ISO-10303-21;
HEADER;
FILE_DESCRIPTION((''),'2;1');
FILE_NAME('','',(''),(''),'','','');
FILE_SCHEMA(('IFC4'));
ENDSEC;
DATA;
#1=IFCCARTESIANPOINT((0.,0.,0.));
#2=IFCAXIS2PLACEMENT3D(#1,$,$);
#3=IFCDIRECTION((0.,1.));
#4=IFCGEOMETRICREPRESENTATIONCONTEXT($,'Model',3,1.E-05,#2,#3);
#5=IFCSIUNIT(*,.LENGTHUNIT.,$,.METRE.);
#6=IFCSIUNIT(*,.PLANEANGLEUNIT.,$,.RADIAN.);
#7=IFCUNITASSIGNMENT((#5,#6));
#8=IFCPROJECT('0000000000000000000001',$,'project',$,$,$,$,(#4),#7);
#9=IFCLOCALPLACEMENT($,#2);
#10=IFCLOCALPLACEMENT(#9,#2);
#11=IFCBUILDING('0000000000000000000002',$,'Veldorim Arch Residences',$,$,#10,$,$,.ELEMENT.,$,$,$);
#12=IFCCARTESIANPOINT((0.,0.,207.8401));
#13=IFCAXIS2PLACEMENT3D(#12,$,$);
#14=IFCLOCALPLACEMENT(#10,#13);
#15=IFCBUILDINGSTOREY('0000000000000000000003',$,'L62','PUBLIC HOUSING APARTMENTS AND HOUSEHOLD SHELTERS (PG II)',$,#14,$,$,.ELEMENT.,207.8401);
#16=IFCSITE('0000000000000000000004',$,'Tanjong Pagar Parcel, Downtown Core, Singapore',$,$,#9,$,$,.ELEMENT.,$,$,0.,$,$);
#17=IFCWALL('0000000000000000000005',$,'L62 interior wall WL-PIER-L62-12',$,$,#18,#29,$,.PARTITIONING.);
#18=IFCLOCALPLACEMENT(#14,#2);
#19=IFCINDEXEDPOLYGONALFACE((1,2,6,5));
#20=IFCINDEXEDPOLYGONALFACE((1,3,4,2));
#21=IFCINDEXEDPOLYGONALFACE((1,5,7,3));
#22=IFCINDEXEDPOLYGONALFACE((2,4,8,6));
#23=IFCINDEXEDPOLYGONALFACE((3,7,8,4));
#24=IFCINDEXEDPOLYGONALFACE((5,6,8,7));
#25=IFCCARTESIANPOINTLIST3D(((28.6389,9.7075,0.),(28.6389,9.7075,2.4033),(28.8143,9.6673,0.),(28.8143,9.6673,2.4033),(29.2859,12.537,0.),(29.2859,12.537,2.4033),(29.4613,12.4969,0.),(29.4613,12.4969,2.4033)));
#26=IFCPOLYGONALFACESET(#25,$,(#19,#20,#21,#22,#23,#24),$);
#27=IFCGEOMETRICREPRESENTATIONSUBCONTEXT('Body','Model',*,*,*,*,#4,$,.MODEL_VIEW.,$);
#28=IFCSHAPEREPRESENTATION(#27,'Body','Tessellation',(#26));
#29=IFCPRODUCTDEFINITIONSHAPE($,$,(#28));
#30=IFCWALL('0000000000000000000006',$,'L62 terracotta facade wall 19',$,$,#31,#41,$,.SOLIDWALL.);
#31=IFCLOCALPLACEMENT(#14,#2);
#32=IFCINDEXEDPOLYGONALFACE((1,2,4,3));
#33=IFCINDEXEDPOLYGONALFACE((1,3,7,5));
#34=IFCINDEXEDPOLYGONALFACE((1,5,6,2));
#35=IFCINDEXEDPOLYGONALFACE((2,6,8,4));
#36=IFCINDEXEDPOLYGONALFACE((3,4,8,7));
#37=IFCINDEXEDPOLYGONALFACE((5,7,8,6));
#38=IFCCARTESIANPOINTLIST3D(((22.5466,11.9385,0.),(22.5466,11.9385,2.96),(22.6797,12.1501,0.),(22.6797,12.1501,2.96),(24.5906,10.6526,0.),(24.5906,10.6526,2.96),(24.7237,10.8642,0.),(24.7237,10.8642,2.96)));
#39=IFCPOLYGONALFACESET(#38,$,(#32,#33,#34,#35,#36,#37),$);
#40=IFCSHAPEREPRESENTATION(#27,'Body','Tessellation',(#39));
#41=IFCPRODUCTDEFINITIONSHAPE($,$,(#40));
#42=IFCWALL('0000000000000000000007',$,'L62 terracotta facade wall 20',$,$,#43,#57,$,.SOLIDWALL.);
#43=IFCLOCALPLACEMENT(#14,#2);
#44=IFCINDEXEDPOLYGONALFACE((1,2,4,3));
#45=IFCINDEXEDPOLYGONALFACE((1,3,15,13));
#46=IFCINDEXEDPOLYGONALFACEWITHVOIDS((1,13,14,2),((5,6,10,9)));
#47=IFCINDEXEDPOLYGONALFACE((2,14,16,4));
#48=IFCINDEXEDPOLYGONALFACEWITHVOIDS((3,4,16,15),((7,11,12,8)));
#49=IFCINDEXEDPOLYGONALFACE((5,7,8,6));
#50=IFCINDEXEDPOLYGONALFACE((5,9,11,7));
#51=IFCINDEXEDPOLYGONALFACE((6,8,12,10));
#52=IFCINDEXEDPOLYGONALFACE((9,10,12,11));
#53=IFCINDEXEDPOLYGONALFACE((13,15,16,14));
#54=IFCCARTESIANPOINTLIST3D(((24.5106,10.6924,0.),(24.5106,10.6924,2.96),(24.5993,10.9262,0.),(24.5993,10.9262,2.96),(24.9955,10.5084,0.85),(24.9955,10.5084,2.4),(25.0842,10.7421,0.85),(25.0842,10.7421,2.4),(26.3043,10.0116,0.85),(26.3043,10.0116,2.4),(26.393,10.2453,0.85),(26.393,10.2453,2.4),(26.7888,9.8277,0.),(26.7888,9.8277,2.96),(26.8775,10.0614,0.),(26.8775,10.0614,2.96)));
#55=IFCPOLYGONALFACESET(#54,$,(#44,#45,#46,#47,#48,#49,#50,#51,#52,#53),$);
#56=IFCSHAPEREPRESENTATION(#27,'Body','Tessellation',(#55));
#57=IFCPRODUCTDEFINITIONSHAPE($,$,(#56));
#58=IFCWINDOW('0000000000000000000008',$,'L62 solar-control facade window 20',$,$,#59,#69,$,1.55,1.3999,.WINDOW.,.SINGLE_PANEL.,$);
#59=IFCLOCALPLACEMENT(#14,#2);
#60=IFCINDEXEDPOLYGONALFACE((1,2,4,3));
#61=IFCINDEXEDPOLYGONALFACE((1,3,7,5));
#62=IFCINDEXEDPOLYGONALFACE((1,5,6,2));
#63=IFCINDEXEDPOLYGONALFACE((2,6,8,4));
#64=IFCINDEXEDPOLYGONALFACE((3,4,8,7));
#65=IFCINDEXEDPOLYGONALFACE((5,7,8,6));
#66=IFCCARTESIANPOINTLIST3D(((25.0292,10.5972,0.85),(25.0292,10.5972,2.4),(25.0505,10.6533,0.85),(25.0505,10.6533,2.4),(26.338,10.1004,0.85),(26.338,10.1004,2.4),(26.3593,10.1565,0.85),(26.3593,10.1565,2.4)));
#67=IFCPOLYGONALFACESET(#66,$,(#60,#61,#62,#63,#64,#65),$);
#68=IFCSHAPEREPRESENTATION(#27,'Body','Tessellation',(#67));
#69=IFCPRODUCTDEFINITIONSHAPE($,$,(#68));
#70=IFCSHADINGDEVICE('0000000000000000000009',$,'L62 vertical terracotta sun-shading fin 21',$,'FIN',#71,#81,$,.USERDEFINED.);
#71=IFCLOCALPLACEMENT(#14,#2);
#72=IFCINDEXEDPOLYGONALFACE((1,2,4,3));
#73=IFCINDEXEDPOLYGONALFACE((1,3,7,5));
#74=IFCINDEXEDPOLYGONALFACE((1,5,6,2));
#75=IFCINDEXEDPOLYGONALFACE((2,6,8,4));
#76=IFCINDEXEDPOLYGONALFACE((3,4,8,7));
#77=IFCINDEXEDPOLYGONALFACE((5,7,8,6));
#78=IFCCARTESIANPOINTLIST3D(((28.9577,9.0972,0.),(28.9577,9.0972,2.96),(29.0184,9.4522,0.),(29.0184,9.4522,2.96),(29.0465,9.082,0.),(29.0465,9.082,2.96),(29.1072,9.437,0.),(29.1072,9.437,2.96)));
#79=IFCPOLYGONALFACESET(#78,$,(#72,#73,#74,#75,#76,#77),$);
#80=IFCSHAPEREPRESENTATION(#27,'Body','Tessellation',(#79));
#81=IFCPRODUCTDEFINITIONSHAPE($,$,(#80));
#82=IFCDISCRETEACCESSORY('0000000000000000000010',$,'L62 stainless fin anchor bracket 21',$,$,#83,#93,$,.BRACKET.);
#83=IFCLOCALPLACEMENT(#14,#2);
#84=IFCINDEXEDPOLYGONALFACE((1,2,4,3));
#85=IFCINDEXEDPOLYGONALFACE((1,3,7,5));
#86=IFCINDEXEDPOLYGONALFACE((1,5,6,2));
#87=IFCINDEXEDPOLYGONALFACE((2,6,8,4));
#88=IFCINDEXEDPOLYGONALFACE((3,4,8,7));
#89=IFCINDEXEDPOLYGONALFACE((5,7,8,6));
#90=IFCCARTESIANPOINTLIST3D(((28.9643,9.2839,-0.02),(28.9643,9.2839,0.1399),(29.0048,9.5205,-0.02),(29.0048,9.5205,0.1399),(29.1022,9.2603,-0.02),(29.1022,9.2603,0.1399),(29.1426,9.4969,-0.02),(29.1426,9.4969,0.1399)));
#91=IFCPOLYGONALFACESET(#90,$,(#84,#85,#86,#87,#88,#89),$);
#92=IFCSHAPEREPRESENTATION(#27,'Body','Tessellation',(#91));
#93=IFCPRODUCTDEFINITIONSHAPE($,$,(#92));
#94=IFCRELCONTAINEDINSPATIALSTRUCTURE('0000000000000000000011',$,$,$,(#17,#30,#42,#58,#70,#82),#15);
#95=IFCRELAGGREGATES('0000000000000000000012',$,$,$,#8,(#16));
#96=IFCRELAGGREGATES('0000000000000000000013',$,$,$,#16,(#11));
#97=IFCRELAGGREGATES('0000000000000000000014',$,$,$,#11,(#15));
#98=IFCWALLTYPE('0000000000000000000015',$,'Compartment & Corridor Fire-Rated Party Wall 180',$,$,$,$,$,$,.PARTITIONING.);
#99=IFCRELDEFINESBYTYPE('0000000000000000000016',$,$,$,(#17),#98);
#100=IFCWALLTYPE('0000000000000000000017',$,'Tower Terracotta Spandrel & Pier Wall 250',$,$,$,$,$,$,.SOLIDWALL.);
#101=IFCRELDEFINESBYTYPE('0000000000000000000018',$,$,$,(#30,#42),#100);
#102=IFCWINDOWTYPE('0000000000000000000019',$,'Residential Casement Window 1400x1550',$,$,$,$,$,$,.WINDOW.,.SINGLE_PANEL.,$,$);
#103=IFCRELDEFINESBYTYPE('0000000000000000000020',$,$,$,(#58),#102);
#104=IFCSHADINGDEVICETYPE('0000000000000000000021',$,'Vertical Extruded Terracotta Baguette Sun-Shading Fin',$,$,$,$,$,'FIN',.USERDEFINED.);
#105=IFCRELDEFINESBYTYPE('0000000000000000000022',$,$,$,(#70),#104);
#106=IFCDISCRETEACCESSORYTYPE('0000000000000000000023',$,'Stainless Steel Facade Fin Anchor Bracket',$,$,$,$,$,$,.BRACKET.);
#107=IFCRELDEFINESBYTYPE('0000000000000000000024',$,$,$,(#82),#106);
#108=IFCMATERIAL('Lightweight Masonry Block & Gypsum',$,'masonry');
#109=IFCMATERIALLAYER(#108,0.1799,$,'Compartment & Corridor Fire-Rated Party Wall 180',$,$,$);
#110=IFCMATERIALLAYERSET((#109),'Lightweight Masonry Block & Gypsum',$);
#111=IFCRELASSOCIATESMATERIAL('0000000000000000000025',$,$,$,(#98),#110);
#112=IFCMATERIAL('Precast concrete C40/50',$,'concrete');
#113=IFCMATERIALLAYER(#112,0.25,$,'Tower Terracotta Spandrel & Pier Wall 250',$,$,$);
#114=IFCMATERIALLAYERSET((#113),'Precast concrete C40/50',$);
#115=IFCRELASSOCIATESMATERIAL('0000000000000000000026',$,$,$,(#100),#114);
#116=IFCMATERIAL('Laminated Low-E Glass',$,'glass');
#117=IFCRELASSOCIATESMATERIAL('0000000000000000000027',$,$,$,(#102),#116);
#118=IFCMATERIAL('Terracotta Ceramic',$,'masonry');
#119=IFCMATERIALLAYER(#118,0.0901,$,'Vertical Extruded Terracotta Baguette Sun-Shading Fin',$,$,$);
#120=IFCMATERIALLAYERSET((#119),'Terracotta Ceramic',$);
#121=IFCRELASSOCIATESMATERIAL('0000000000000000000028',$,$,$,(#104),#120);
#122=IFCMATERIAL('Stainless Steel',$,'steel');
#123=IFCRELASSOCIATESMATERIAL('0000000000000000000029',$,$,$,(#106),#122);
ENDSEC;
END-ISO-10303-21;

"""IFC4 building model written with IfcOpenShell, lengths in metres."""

from ifc_helpers import new_model, si_unit, direction, frame, frame_2d, origin, origin_2d, place, context, subcontext, project, spatial, rectangle, extrude, material, layer, layer_set, type_object, element, fill, save


model = new_model("IFC4")

# Units and contexts
model_context = context("Model", 3, precision=1e-05, world=origin(), true_north=direction((0.0, 1.0)))
body_context = subcontext(model_context, "Body", "Model", "MODEL_VIEW")
ifc_project = project(units=[si_unit("LENGTHUNIT", "METRE"), si_unit("PLANEANGLEUNIT", "RADIAN")], contexts=[model_context])

# Site, building, storey
site_placement = place(None, origin())
site = spatial("IfcSite", under=ifc_project, at=site_placement, Name="Tanjong Pagar Parcel, Downtown Core, Singapore", CompositionType="ELEMENT", RefElevation=0.0)
building_placement = place(site_placement, origin())
building = spatial("IfcBuilding", under=site, at=building_placement, Name="Veldorim Arch Residences", CompositionType="ELEMENT")
storey_placement = place(building_placement, frame((0.0, 0.0, 207.8401)))
storey = spatial("IfcBuildingStorey", under=building, at=storey_placement, Name="L62", Description="PUBLIC HOUSING APARTMENTS AND HOUSEHOLD SHELTERS (PG II)", CompositionType="ELEMENT", Elevation=207.8401)

# Walls
ifc_material_1 = material(Name="Lightweight Masonry Block & Gypsum", Category="masonry")
ifc_layer_1 = layer(ifc_material_1, 0.1799, Name="Compartment & Corridor Fire-Rated Party Wall 180")
ifc_layer_set_1 = layer_set([ifc_layer_1], Name="Lightweight Masonry Block & Gypsum")
wall_type_1 = type_object("IfcWallType", Name="Compartment & Corridor Fire-Rated Party Wall 180", PredefinedType="PARTITIONING", material=ifc_layer_set_1)
wall_1_placement = place(storey_placement, frame((29.3735, 12.5168, 0.0), z_axis=(0.0, 0.0, 1.0), x_axis=(-0.222893, -0.974843, 0.0)))
element("IfcWall", 1, at=wall_1_placement, inside=storey, type_object=wall_type_1, Name="L62 interior wall WL-PIER-L62-12", PredefinedType="PARTITIONING", context=body_context, shape_type="SweptSolid", body=[
    extrude(rectangle(XDim=2.9026, YDim=0.1799, at=frame_2d((1.4512, 0.0))), origin(), (0.0, 0.0, 1.0), 2.4033),
])
ifc_material_2 = material(Name="Precast concrete C40/50", Category="concrete")
ifc_layer_2 = layer(ifc_material_2, 0.25, Name="Tower Terracotta Spandrel & Pier Wall 250")
ifc_layer_set_2 = layer_set([ifc_layer_2], Name="Precast concrete C40/50")
wall_type_2 = type_object("IfcWallType", Name="Tower Terracotta Spandrel & Pier Wall 250", PredefinedType="SOLIDWALL", material=ifc_layer_set_2)
wall_2_placement = place(storey_placement, frame((24.6572, 10.7583, 0.0), z_axis=(0.0, 0.0, 1.0), x_axis=(-0.846427, 0.532505, 0.0)))
element("IfcWall", 2, at=wall_2_placement, inside=storey, type_object=wall_type_2, Name="L62 terracotta facade wall 19", PredefinedType="SOLIDWALL", context=body_context, shape_type="SweptSolid", body=[
    extrude(rectangle(XDim=2.4148, YDim=0.25, at=frame_2d((1.2075, 0.0))), origin(), (0.0, 0.0, 1.0), 2.96),
])

# Wall, opening, window
wall_3_placement = place(storey_placement, frame((26.833, 9.9446, 0.0), z_axis=(0.0, 0.0, 1.0), x_axis=(-0.934909, 0.354887, 0.0)))
wall_3 = element("IfcWall", 3, at=wall_3_placement, inside=storey, type_object=wall_type_2, Name="L62 terracotta facade wall 20", PredefinedType="SOLIDWALL", context=body_context, shape_type="SweptSolid", body=[
    extrude(rectangle(XDim=2.4368, YDim=0.25, at=frame_2d((1.2183, 0.0))), origin(), (0.0, 0.0, 1.0), 2.96),
])
opening_placement = place(wall_3_placement, frame((0.5181, 0.0, 0.8501)))
opening = element("IfcOpeningElement", 4, at=opening_placement, cuts=wall_3, PredefinedType="OPENING", context=body_context, shape_type="SweptSolid", body=[
    extrude(rectangle(XDim=1.3999, YDim=1.55, at=frame_2d((0.7, 0.7749))), frame((0.0, 0.135, 0.0), z_axis=(0.0, -1.0, 0.0), x_axis=(1.0, 0.0, 0.0)), (0.0, 0.0, 1.0), 0.27),
])
ifc_material_3 = material(Name="Laminated Low-E Glass", Category="glass")
window_type = type_object("IfcWindowType", Name="Residential Casement Window 1400x1550", PartitioningType="SINGLE_PANEL", PredefinedType="WINDOW", material=ifc_material_3)
window_placement = place(opening_placement, origin())
window = element("IfcWindow", 5, at=window_placement, inside=storey, type_object=window_type, Name="L62 solar-control facade window 20", OverallHeight=1.55, OverallWidth=1.3999, PartitioningType="SINGLE_PANEL", PredefinedType="WINDOW", context=body_context, shape_type="SweptSolid", body=[
    extrude(rectangle(XDim=1.3999, YDim=1.55, at=frame_2d((0.7, 0.7749))), frame((0.0, 0.03, 0.0), z_axis=(0.0, -1.0, 0.0), x_axis=(1.0, 0.0, 0.0)), (0.0, 0.0, 1.0), 0.0601),
])
fill(opening, window)

# Shading device
ifc_material_4 = material(Name="Terracotta Ceramic", Category="masonry")
ifc_layer_3 = layer(ifc_material_4, 0.0901, Name="Vertical Extruded Terracotta Baguette Sun-Shading Fin")
ifc_layer_set_3 = layer_set([ifc_layer_3], Name="Terracotta Ceramic")
shading_device_type = type_object("IfcShadingDeviceType", Name="Vertical Extruded Terracotta Baguette Sun-Shading Fin", ElementType="FIN", PredefinedType="USERDEFINED", material=ifc_layer_set_3)
shading_device_placement = place(storey_placement, frame((29.0325, 9.2671, 0.0), z_axis=(0.0, 0.0, 1.0), x_axis=(-0.985674, 0.168661, 0.0)))
element("IfcShadingDevice", 6, at=shading_device_placement, inside=storey, type_object=shading_device_type, Name="L62 vertical terracotta sun-shading fin 21", ObjectType="FIN", PredefinedType="USERDEFINED", context=body_context, shape_type="SweptSolid", body=[
    extrude(rectangle(XDim=0.0901, YDim=0.3601, at=origin_2d()), origin(), (0.0, 0.0, 1.0), 2.96),
])

# Discrete accessory
ifc_material_5 = material(Name="Stainless Steel", Category="steel")
discrete_accessory_type = type_object("IfcDiscreteAccessoryType", Name="Stainless Steel Facade Fin Anchor Bracket", PredefinedType="BRACKET", material=ifc_material_5)
discrete_accessory_placement = place(storey_placement, frame((29.0535, 9.3904, -0.02), z_axis=(0.0, 0.0, 1.0), x_axis=(-0.985674, 0.168661, 0.0)))
element("IfcDiscreteAccessory", 7, at=discrete_accessory_placement, inside=storey, type_object=discrete_accessory_type, Name="L62 stainless fin anchor bracket 21", PredefinedType="BRACKET", context=body_context, shape_type="SweptSolid", body=[
    extrude(rectangle(XDim=0.1399, YDim=0.24, at=origin_2d()), origin(), (0.0, 0.0, 1.0), 0.1599),
])

save(model, "model.ifc")
